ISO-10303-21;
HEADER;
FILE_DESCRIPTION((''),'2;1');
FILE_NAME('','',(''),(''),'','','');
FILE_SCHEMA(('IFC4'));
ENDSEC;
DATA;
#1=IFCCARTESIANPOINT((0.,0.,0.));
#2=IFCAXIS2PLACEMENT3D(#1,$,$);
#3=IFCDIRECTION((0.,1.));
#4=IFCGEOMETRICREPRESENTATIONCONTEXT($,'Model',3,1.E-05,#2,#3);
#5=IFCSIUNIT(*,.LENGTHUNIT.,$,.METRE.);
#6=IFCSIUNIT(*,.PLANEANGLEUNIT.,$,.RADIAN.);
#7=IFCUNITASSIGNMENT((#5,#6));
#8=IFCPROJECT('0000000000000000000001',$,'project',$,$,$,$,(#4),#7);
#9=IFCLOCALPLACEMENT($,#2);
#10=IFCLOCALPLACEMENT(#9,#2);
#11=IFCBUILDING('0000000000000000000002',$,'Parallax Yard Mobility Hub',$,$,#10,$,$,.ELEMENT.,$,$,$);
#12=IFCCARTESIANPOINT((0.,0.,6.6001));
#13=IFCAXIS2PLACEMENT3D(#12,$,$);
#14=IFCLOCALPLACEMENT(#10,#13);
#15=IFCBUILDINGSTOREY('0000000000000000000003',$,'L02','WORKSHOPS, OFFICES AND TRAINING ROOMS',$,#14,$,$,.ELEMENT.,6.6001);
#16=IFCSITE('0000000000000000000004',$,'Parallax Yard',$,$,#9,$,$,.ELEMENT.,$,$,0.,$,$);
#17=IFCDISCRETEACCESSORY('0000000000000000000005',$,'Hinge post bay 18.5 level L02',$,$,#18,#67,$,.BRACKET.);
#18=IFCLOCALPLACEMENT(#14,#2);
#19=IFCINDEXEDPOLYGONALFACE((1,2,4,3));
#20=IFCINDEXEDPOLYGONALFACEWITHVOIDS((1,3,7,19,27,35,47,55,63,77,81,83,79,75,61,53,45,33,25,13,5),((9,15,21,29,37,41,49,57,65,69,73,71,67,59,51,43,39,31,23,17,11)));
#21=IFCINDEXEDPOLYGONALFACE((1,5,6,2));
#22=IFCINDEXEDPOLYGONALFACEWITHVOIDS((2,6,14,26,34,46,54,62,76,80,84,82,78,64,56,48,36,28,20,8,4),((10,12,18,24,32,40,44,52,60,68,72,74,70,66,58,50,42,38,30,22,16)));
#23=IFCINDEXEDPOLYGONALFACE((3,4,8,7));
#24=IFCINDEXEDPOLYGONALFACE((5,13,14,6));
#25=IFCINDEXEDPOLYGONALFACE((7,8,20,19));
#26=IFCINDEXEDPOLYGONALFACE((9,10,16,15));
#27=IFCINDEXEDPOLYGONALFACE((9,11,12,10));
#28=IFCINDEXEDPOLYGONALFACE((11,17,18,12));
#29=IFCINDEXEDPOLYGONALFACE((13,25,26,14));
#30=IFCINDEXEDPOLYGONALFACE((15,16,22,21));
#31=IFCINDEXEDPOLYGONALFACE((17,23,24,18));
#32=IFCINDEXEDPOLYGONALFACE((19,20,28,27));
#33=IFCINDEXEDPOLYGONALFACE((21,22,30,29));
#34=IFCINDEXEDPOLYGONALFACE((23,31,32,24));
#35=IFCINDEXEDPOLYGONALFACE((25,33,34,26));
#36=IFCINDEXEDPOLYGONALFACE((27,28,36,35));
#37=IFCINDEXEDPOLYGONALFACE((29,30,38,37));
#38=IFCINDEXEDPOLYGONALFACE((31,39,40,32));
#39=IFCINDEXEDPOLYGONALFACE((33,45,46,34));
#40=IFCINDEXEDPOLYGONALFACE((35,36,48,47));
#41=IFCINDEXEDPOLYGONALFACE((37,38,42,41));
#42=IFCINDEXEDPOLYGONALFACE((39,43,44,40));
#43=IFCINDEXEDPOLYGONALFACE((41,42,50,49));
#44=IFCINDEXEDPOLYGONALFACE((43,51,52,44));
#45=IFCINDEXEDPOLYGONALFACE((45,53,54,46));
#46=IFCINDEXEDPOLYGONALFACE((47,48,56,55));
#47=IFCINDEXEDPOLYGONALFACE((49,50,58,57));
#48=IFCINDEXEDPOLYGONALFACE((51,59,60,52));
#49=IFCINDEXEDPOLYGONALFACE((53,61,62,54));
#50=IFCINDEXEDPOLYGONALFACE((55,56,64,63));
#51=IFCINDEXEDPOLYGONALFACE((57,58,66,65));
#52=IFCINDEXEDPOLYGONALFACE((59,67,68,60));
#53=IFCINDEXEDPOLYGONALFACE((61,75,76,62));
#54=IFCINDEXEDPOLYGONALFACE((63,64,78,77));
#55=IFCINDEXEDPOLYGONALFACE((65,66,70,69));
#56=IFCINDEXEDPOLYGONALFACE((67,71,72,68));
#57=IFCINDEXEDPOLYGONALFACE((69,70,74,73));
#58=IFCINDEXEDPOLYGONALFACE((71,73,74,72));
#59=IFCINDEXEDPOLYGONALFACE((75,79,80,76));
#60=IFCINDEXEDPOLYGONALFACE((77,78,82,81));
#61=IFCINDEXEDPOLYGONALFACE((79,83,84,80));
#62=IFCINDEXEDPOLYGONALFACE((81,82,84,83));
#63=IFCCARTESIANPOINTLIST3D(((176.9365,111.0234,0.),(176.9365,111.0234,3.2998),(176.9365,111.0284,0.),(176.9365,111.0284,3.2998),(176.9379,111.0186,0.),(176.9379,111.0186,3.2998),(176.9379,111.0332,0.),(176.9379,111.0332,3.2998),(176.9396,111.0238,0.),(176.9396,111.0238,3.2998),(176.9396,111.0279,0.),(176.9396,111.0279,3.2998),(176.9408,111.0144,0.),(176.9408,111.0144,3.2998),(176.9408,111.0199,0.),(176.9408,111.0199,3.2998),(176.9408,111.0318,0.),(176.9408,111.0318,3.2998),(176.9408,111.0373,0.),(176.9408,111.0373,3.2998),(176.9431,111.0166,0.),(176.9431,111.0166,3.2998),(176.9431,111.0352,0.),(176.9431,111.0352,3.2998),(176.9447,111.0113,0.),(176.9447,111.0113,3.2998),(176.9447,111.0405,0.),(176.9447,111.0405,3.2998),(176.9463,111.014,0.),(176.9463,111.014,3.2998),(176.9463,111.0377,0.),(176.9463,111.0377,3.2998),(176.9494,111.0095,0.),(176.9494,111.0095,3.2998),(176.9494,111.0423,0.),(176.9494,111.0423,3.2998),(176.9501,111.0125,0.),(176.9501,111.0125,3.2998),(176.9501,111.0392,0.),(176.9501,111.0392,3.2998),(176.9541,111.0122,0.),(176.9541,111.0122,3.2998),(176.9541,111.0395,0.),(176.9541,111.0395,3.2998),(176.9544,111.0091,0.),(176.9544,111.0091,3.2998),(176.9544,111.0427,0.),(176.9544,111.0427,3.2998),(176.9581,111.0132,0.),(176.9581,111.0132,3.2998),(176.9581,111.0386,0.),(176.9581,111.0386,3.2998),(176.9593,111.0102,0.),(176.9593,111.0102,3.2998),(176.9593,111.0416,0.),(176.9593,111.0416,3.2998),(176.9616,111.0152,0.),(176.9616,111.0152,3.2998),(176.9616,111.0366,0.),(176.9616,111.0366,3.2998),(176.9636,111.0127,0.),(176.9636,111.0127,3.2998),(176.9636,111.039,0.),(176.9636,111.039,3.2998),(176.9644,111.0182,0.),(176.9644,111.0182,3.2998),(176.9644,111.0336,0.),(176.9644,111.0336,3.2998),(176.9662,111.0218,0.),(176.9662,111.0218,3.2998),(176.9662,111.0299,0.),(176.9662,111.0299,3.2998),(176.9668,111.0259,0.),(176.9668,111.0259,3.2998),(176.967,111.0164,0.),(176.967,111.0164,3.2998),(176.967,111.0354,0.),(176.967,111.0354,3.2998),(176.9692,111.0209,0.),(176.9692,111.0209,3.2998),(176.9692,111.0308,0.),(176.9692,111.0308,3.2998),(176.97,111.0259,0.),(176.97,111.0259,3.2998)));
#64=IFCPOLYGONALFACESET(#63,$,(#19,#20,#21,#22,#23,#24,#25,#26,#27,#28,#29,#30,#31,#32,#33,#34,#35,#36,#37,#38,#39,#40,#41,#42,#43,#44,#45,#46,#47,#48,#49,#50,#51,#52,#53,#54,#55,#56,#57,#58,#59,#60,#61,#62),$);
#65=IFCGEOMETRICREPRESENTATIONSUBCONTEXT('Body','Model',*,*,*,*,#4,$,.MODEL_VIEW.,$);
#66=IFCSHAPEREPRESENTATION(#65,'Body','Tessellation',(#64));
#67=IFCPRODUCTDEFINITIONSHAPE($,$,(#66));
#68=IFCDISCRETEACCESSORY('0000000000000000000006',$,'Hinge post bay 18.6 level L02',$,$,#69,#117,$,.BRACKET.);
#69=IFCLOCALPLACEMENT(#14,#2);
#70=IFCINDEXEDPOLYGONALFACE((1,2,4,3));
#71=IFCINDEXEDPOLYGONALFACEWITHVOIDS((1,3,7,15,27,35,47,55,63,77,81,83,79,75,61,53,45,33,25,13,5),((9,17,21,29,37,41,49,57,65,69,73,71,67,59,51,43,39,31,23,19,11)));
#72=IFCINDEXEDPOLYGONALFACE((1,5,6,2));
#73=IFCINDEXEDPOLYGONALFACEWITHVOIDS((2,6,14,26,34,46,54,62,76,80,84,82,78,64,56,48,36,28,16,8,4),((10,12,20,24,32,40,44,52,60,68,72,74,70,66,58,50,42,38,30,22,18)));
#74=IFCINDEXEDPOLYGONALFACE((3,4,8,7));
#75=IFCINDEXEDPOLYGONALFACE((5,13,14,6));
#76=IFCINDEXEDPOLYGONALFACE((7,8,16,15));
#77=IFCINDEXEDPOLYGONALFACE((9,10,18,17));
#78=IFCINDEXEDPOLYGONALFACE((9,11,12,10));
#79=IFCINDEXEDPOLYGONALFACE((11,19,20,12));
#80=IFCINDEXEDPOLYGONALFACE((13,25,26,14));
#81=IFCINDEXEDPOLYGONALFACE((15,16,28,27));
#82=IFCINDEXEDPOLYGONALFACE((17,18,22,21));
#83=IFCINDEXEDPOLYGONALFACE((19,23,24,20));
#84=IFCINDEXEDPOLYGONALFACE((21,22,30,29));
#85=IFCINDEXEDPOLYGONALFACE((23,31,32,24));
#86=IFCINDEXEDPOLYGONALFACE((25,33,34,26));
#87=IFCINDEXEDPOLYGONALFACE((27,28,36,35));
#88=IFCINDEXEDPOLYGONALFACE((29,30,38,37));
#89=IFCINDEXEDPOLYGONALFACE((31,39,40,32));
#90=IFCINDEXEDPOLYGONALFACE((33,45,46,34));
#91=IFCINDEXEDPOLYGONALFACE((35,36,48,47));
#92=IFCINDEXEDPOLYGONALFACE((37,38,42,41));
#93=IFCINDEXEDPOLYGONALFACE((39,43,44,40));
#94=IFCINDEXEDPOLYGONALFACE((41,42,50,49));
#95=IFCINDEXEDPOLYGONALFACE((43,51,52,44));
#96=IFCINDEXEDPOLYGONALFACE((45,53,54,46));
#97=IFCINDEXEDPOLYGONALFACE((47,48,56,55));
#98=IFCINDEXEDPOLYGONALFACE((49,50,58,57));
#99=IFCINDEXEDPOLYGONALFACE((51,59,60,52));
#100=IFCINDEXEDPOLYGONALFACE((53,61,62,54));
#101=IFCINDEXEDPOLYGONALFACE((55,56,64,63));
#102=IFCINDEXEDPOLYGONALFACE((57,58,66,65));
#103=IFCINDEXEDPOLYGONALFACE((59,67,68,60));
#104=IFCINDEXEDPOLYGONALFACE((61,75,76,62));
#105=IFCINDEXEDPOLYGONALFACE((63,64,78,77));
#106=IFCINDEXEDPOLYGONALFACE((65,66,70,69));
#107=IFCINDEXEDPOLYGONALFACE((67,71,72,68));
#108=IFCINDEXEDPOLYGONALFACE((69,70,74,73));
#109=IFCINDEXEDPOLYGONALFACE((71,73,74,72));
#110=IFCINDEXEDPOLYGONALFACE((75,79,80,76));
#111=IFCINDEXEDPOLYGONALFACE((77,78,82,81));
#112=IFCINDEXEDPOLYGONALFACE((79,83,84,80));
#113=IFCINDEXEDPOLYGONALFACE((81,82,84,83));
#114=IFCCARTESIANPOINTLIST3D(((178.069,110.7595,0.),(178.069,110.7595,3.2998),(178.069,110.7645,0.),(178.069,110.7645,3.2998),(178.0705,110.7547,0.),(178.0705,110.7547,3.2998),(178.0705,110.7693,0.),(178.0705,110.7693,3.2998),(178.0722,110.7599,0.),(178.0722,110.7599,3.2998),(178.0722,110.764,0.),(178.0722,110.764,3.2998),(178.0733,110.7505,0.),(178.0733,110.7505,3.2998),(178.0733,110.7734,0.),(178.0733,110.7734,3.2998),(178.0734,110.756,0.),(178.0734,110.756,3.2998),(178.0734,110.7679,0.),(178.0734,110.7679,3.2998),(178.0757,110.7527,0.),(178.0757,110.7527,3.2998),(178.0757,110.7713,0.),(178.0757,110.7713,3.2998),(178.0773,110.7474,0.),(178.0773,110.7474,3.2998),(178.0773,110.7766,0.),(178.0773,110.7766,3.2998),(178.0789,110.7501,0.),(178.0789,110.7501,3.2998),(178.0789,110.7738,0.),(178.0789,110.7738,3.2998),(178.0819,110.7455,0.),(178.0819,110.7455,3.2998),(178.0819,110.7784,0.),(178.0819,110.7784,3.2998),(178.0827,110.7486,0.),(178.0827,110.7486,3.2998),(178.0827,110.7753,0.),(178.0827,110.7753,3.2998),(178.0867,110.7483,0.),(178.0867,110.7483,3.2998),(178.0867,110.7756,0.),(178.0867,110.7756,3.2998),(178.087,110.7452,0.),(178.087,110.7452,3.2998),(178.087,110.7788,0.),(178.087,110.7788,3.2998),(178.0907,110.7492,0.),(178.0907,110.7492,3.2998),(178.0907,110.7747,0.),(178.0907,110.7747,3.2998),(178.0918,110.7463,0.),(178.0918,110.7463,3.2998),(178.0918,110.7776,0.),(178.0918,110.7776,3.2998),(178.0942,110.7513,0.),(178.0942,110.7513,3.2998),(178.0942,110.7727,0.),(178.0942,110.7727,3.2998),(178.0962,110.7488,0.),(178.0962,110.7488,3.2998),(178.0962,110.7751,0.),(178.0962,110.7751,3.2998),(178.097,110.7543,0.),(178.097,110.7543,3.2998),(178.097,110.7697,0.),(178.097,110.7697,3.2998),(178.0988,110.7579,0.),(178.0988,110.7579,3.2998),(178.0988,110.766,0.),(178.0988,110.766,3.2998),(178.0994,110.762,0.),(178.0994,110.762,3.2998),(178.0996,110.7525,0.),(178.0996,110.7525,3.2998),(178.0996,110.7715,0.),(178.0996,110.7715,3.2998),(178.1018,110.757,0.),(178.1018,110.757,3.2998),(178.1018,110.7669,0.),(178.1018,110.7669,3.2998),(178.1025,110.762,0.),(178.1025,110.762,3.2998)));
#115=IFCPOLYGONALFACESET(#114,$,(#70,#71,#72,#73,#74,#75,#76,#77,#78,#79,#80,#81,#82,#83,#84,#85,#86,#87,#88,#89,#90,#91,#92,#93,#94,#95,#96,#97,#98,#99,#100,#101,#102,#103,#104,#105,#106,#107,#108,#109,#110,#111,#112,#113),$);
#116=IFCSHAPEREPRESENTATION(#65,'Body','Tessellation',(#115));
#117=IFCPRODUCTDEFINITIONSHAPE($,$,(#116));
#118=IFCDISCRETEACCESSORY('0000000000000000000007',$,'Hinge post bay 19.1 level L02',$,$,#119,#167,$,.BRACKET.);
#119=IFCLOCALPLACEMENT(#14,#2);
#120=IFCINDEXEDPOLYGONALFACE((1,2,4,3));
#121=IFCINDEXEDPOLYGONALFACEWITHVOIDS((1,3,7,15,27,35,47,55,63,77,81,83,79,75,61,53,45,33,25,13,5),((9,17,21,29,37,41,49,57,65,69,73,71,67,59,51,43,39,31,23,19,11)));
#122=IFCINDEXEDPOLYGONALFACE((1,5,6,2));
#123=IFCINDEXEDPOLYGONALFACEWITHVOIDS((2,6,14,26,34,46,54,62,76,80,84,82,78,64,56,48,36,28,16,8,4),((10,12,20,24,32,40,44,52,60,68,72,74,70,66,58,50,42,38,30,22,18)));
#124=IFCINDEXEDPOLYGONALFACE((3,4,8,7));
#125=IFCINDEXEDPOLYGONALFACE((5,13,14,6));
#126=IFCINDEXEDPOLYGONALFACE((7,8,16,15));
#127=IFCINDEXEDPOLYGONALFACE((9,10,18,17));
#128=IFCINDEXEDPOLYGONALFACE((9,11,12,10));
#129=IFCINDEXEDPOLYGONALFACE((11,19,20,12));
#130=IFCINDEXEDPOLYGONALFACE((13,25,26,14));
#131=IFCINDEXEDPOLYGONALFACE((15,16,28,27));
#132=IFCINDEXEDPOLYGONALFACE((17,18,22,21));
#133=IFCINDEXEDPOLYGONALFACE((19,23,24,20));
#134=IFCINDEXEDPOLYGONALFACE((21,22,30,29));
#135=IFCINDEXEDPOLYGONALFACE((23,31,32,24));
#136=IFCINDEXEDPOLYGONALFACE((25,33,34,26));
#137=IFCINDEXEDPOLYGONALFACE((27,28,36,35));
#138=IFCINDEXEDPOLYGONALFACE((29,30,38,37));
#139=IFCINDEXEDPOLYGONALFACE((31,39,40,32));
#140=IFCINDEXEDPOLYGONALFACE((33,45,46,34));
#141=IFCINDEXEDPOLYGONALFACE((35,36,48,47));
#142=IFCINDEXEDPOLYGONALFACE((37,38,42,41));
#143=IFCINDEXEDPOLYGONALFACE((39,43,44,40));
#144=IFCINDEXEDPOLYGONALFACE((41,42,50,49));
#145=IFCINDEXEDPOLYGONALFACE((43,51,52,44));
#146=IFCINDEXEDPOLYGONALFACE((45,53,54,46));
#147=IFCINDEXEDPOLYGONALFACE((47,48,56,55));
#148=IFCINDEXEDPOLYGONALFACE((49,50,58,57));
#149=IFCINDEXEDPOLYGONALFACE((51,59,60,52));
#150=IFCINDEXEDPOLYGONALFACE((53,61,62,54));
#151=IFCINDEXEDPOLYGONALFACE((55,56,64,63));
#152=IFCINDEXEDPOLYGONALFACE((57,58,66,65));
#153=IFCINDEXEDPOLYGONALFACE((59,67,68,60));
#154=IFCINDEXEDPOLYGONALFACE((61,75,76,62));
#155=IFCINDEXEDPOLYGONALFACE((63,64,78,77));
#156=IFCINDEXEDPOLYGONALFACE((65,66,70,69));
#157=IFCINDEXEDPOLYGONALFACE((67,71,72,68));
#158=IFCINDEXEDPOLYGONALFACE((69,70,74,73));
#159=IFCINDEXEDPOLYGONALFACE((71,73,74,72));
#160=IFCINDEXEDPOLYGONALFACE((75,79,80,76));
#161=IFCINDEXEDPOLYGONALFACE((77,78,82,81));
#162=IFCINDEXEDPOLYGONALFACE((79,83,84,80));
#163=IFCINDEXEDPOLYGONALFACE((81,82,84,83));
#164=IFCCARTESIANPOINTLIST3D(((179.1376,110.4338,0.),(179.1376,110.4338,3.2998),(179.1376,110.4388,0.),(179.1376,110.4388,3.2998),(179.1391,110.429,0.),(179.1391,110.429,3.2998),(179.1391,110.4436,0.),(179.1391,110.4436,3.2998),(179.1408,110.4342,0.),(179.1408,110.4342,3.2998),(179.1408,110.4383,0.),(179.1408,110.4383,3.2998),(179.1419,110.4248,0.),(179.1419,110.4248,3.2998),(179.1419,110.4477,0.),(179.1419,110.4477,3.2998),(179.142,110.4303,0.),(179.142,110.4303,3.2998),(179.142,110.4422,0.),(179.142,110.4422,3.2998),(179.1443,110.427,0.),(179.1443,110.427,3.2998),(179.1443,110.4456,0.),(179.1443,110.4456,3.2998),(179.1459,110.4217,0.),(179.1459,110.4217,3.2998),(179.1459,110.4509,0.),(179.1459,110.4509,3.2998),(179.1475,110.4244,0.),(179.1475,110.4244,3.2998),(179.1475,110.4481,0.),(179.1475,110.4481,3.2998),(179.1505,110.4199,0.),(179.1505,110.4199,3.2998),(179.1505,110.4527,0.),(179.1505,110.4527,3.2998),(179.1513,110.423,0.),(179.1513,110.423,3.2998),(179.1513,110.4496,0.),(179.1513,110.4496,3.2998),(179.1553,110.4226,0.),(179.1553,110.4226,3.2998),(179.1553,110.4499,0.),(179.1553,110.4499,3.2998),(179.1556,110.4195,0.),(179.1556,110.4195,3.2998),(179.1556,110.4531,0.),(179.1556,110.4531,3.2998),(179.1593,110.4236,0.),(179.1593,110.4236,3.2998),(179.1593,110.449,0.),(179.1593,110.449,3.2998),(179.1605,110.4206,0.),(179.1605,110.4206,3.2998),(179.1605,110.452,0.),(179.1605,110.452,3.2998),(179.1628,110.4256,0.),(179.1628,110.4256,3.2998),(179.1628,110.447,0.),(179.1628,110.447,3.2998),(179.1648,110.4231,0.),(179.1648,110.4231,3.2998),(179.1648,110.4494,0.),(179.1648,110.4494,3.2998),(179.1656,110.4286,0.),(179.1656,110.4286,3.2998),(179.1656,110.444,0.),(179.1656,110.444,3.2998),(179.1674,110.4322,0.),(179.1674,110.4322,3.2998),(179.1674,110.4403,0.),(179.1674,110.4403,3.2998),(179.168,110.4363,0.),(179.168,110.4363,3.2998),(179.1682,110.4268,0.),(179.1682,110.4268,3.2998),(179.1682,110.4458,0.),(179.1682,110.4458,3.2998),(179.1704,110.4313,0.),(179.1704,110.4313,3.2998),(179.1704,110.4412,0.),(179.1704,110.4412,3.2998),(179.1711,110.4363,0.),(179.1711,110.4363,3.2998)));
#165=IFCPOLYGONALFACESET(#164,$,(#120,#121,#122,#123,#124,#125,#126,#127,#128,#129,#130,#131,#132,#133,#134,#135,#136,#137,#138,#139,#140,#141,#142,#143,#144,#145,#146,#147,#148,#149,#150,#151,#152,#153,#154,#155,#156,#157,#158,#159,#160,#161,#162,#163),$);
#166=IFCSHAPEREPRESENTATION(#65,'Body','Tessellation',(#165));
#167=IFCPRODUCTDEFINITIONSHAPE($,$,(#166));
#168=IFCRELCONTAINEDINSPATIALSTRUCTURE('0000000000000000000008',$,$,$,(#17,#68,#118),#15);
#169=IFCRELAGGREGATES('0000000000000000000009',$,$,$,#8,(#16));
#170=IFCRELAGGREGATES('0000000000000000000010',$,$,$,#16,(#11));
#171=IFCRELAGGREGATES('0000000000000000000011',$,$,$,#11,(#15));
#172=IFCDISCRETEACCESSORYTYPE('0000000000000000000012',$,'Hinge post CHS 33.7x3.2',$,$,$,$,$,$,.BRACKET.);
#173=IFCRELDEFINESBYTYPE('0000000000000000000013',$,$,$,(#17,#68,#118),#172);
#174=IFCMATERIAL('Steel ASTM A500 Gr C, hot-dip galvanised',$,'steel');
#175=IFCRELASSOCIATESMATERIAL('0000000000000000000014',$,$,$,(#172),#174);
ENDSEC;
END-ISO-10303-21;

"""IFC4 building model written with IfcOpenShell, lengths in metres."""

from ifc_helpers import new_model, si_unit, direction, frame, origin, origin_2d, place, context, subcontext, project, spatial, hollow_circle, extrude, material, material_profile, profile_set, type_object, element, save


model = new_model("IFC4")

# Units and contexts
model_context = context("Model", 3, precision=1e-05, world=origin(), true_north=direction((0.0, 1.0)))
body_context = subcontext(model_context, "Body", "Model", "MODEL_VIEW")
ifc_project = project(units=[si_unit("LENGTHUNIT", "METRE"), si_unit("PLANEANGLEUNIT", "RADIAN")], contexts=[model_context])

# Site, building, storey
site_placement = place(None, origin())
site = spatial("IfcSite", under=ifc_project, at=site_placement, Name="Parallax Yard", CompositionType="ELEMENT", RefElevation=0.0)
building_placement = place(site_placement, origin())
building = spatial("IfcBuilding", under=site, at=building_placement, Name="Parallax Yard Mobility Hub", CompositionType="ELEMENT")
storey_placement = place(building_placement, frame((0.0, 0.0, 6.6001)))
storey = spatial("IfcBuildingStorey", under=building, at=storey_placement, Name="L02", Description="WORKSHOPS, OFFICES AND TRAINING ROOMS", CompositionType="ELEMENT", Elevation=6.6001)

# Discrete accessories
ifc_material_1 = material(Name="Steel ASTM A500 Gr C, hot-dip galvanised", Category="steel")
ifc_material_profile_1 = material_profile(ifc_material_1, hollow_circle(Radius=0.0168, WallThickness=0.0032, at=origin_2d()), Name="CHS 33.7x3.2")
ifc_profile_set_1 = profile_set([ifc_material_profile_1], Name="Steel ASTM A500 Gr C, hot-dip galvanised")
discrete_accessory_type_1 = type_object("IfcDiscreteAccessoryType", Name="Hinge post CHS 33.7x3.2", PredefinedType="BRACKET", material=ifc_profile_set_1)
for number, where, z_axis, x_axis, name in (
    (1, (176.9531, 111.0259, 0.0), (0.0, 0.0, 1.0), (1.0, 0.0, 0.0), "Hinge post bay 18.5 level L02"),
    (2, (178.0857, 110.762, 0.0), (0.0, 0.0, 1.0), (1.0, 0.0, 0.0), "Hinge post bay 18.6 level L02"),
    (3, (179.1543, 110.4363, 0.0), (0.0, 0.0, 1.0), (1.0, 0.0, 0.0), "Hinge post bay 19.1 level L02"),
):
    element("IfcDiscreteAccessory", number, at=place(storey_placement, frame(where, z_axis=z_axis, x_axis=x_axis)), inside=storey, type_object=discrete_accessory_type_1, Name=name, PredefinedType="BRACKET", context=body_context, shape_type="SweptSolid", body=[
        extrude(hollow_circle(Radius=0.0168, WallThickness=0.0032, at=origin_2d()), origin(), (0.0, 0.0, 1.0), 3.2998),
    ])

save(model, "model.ifc")
